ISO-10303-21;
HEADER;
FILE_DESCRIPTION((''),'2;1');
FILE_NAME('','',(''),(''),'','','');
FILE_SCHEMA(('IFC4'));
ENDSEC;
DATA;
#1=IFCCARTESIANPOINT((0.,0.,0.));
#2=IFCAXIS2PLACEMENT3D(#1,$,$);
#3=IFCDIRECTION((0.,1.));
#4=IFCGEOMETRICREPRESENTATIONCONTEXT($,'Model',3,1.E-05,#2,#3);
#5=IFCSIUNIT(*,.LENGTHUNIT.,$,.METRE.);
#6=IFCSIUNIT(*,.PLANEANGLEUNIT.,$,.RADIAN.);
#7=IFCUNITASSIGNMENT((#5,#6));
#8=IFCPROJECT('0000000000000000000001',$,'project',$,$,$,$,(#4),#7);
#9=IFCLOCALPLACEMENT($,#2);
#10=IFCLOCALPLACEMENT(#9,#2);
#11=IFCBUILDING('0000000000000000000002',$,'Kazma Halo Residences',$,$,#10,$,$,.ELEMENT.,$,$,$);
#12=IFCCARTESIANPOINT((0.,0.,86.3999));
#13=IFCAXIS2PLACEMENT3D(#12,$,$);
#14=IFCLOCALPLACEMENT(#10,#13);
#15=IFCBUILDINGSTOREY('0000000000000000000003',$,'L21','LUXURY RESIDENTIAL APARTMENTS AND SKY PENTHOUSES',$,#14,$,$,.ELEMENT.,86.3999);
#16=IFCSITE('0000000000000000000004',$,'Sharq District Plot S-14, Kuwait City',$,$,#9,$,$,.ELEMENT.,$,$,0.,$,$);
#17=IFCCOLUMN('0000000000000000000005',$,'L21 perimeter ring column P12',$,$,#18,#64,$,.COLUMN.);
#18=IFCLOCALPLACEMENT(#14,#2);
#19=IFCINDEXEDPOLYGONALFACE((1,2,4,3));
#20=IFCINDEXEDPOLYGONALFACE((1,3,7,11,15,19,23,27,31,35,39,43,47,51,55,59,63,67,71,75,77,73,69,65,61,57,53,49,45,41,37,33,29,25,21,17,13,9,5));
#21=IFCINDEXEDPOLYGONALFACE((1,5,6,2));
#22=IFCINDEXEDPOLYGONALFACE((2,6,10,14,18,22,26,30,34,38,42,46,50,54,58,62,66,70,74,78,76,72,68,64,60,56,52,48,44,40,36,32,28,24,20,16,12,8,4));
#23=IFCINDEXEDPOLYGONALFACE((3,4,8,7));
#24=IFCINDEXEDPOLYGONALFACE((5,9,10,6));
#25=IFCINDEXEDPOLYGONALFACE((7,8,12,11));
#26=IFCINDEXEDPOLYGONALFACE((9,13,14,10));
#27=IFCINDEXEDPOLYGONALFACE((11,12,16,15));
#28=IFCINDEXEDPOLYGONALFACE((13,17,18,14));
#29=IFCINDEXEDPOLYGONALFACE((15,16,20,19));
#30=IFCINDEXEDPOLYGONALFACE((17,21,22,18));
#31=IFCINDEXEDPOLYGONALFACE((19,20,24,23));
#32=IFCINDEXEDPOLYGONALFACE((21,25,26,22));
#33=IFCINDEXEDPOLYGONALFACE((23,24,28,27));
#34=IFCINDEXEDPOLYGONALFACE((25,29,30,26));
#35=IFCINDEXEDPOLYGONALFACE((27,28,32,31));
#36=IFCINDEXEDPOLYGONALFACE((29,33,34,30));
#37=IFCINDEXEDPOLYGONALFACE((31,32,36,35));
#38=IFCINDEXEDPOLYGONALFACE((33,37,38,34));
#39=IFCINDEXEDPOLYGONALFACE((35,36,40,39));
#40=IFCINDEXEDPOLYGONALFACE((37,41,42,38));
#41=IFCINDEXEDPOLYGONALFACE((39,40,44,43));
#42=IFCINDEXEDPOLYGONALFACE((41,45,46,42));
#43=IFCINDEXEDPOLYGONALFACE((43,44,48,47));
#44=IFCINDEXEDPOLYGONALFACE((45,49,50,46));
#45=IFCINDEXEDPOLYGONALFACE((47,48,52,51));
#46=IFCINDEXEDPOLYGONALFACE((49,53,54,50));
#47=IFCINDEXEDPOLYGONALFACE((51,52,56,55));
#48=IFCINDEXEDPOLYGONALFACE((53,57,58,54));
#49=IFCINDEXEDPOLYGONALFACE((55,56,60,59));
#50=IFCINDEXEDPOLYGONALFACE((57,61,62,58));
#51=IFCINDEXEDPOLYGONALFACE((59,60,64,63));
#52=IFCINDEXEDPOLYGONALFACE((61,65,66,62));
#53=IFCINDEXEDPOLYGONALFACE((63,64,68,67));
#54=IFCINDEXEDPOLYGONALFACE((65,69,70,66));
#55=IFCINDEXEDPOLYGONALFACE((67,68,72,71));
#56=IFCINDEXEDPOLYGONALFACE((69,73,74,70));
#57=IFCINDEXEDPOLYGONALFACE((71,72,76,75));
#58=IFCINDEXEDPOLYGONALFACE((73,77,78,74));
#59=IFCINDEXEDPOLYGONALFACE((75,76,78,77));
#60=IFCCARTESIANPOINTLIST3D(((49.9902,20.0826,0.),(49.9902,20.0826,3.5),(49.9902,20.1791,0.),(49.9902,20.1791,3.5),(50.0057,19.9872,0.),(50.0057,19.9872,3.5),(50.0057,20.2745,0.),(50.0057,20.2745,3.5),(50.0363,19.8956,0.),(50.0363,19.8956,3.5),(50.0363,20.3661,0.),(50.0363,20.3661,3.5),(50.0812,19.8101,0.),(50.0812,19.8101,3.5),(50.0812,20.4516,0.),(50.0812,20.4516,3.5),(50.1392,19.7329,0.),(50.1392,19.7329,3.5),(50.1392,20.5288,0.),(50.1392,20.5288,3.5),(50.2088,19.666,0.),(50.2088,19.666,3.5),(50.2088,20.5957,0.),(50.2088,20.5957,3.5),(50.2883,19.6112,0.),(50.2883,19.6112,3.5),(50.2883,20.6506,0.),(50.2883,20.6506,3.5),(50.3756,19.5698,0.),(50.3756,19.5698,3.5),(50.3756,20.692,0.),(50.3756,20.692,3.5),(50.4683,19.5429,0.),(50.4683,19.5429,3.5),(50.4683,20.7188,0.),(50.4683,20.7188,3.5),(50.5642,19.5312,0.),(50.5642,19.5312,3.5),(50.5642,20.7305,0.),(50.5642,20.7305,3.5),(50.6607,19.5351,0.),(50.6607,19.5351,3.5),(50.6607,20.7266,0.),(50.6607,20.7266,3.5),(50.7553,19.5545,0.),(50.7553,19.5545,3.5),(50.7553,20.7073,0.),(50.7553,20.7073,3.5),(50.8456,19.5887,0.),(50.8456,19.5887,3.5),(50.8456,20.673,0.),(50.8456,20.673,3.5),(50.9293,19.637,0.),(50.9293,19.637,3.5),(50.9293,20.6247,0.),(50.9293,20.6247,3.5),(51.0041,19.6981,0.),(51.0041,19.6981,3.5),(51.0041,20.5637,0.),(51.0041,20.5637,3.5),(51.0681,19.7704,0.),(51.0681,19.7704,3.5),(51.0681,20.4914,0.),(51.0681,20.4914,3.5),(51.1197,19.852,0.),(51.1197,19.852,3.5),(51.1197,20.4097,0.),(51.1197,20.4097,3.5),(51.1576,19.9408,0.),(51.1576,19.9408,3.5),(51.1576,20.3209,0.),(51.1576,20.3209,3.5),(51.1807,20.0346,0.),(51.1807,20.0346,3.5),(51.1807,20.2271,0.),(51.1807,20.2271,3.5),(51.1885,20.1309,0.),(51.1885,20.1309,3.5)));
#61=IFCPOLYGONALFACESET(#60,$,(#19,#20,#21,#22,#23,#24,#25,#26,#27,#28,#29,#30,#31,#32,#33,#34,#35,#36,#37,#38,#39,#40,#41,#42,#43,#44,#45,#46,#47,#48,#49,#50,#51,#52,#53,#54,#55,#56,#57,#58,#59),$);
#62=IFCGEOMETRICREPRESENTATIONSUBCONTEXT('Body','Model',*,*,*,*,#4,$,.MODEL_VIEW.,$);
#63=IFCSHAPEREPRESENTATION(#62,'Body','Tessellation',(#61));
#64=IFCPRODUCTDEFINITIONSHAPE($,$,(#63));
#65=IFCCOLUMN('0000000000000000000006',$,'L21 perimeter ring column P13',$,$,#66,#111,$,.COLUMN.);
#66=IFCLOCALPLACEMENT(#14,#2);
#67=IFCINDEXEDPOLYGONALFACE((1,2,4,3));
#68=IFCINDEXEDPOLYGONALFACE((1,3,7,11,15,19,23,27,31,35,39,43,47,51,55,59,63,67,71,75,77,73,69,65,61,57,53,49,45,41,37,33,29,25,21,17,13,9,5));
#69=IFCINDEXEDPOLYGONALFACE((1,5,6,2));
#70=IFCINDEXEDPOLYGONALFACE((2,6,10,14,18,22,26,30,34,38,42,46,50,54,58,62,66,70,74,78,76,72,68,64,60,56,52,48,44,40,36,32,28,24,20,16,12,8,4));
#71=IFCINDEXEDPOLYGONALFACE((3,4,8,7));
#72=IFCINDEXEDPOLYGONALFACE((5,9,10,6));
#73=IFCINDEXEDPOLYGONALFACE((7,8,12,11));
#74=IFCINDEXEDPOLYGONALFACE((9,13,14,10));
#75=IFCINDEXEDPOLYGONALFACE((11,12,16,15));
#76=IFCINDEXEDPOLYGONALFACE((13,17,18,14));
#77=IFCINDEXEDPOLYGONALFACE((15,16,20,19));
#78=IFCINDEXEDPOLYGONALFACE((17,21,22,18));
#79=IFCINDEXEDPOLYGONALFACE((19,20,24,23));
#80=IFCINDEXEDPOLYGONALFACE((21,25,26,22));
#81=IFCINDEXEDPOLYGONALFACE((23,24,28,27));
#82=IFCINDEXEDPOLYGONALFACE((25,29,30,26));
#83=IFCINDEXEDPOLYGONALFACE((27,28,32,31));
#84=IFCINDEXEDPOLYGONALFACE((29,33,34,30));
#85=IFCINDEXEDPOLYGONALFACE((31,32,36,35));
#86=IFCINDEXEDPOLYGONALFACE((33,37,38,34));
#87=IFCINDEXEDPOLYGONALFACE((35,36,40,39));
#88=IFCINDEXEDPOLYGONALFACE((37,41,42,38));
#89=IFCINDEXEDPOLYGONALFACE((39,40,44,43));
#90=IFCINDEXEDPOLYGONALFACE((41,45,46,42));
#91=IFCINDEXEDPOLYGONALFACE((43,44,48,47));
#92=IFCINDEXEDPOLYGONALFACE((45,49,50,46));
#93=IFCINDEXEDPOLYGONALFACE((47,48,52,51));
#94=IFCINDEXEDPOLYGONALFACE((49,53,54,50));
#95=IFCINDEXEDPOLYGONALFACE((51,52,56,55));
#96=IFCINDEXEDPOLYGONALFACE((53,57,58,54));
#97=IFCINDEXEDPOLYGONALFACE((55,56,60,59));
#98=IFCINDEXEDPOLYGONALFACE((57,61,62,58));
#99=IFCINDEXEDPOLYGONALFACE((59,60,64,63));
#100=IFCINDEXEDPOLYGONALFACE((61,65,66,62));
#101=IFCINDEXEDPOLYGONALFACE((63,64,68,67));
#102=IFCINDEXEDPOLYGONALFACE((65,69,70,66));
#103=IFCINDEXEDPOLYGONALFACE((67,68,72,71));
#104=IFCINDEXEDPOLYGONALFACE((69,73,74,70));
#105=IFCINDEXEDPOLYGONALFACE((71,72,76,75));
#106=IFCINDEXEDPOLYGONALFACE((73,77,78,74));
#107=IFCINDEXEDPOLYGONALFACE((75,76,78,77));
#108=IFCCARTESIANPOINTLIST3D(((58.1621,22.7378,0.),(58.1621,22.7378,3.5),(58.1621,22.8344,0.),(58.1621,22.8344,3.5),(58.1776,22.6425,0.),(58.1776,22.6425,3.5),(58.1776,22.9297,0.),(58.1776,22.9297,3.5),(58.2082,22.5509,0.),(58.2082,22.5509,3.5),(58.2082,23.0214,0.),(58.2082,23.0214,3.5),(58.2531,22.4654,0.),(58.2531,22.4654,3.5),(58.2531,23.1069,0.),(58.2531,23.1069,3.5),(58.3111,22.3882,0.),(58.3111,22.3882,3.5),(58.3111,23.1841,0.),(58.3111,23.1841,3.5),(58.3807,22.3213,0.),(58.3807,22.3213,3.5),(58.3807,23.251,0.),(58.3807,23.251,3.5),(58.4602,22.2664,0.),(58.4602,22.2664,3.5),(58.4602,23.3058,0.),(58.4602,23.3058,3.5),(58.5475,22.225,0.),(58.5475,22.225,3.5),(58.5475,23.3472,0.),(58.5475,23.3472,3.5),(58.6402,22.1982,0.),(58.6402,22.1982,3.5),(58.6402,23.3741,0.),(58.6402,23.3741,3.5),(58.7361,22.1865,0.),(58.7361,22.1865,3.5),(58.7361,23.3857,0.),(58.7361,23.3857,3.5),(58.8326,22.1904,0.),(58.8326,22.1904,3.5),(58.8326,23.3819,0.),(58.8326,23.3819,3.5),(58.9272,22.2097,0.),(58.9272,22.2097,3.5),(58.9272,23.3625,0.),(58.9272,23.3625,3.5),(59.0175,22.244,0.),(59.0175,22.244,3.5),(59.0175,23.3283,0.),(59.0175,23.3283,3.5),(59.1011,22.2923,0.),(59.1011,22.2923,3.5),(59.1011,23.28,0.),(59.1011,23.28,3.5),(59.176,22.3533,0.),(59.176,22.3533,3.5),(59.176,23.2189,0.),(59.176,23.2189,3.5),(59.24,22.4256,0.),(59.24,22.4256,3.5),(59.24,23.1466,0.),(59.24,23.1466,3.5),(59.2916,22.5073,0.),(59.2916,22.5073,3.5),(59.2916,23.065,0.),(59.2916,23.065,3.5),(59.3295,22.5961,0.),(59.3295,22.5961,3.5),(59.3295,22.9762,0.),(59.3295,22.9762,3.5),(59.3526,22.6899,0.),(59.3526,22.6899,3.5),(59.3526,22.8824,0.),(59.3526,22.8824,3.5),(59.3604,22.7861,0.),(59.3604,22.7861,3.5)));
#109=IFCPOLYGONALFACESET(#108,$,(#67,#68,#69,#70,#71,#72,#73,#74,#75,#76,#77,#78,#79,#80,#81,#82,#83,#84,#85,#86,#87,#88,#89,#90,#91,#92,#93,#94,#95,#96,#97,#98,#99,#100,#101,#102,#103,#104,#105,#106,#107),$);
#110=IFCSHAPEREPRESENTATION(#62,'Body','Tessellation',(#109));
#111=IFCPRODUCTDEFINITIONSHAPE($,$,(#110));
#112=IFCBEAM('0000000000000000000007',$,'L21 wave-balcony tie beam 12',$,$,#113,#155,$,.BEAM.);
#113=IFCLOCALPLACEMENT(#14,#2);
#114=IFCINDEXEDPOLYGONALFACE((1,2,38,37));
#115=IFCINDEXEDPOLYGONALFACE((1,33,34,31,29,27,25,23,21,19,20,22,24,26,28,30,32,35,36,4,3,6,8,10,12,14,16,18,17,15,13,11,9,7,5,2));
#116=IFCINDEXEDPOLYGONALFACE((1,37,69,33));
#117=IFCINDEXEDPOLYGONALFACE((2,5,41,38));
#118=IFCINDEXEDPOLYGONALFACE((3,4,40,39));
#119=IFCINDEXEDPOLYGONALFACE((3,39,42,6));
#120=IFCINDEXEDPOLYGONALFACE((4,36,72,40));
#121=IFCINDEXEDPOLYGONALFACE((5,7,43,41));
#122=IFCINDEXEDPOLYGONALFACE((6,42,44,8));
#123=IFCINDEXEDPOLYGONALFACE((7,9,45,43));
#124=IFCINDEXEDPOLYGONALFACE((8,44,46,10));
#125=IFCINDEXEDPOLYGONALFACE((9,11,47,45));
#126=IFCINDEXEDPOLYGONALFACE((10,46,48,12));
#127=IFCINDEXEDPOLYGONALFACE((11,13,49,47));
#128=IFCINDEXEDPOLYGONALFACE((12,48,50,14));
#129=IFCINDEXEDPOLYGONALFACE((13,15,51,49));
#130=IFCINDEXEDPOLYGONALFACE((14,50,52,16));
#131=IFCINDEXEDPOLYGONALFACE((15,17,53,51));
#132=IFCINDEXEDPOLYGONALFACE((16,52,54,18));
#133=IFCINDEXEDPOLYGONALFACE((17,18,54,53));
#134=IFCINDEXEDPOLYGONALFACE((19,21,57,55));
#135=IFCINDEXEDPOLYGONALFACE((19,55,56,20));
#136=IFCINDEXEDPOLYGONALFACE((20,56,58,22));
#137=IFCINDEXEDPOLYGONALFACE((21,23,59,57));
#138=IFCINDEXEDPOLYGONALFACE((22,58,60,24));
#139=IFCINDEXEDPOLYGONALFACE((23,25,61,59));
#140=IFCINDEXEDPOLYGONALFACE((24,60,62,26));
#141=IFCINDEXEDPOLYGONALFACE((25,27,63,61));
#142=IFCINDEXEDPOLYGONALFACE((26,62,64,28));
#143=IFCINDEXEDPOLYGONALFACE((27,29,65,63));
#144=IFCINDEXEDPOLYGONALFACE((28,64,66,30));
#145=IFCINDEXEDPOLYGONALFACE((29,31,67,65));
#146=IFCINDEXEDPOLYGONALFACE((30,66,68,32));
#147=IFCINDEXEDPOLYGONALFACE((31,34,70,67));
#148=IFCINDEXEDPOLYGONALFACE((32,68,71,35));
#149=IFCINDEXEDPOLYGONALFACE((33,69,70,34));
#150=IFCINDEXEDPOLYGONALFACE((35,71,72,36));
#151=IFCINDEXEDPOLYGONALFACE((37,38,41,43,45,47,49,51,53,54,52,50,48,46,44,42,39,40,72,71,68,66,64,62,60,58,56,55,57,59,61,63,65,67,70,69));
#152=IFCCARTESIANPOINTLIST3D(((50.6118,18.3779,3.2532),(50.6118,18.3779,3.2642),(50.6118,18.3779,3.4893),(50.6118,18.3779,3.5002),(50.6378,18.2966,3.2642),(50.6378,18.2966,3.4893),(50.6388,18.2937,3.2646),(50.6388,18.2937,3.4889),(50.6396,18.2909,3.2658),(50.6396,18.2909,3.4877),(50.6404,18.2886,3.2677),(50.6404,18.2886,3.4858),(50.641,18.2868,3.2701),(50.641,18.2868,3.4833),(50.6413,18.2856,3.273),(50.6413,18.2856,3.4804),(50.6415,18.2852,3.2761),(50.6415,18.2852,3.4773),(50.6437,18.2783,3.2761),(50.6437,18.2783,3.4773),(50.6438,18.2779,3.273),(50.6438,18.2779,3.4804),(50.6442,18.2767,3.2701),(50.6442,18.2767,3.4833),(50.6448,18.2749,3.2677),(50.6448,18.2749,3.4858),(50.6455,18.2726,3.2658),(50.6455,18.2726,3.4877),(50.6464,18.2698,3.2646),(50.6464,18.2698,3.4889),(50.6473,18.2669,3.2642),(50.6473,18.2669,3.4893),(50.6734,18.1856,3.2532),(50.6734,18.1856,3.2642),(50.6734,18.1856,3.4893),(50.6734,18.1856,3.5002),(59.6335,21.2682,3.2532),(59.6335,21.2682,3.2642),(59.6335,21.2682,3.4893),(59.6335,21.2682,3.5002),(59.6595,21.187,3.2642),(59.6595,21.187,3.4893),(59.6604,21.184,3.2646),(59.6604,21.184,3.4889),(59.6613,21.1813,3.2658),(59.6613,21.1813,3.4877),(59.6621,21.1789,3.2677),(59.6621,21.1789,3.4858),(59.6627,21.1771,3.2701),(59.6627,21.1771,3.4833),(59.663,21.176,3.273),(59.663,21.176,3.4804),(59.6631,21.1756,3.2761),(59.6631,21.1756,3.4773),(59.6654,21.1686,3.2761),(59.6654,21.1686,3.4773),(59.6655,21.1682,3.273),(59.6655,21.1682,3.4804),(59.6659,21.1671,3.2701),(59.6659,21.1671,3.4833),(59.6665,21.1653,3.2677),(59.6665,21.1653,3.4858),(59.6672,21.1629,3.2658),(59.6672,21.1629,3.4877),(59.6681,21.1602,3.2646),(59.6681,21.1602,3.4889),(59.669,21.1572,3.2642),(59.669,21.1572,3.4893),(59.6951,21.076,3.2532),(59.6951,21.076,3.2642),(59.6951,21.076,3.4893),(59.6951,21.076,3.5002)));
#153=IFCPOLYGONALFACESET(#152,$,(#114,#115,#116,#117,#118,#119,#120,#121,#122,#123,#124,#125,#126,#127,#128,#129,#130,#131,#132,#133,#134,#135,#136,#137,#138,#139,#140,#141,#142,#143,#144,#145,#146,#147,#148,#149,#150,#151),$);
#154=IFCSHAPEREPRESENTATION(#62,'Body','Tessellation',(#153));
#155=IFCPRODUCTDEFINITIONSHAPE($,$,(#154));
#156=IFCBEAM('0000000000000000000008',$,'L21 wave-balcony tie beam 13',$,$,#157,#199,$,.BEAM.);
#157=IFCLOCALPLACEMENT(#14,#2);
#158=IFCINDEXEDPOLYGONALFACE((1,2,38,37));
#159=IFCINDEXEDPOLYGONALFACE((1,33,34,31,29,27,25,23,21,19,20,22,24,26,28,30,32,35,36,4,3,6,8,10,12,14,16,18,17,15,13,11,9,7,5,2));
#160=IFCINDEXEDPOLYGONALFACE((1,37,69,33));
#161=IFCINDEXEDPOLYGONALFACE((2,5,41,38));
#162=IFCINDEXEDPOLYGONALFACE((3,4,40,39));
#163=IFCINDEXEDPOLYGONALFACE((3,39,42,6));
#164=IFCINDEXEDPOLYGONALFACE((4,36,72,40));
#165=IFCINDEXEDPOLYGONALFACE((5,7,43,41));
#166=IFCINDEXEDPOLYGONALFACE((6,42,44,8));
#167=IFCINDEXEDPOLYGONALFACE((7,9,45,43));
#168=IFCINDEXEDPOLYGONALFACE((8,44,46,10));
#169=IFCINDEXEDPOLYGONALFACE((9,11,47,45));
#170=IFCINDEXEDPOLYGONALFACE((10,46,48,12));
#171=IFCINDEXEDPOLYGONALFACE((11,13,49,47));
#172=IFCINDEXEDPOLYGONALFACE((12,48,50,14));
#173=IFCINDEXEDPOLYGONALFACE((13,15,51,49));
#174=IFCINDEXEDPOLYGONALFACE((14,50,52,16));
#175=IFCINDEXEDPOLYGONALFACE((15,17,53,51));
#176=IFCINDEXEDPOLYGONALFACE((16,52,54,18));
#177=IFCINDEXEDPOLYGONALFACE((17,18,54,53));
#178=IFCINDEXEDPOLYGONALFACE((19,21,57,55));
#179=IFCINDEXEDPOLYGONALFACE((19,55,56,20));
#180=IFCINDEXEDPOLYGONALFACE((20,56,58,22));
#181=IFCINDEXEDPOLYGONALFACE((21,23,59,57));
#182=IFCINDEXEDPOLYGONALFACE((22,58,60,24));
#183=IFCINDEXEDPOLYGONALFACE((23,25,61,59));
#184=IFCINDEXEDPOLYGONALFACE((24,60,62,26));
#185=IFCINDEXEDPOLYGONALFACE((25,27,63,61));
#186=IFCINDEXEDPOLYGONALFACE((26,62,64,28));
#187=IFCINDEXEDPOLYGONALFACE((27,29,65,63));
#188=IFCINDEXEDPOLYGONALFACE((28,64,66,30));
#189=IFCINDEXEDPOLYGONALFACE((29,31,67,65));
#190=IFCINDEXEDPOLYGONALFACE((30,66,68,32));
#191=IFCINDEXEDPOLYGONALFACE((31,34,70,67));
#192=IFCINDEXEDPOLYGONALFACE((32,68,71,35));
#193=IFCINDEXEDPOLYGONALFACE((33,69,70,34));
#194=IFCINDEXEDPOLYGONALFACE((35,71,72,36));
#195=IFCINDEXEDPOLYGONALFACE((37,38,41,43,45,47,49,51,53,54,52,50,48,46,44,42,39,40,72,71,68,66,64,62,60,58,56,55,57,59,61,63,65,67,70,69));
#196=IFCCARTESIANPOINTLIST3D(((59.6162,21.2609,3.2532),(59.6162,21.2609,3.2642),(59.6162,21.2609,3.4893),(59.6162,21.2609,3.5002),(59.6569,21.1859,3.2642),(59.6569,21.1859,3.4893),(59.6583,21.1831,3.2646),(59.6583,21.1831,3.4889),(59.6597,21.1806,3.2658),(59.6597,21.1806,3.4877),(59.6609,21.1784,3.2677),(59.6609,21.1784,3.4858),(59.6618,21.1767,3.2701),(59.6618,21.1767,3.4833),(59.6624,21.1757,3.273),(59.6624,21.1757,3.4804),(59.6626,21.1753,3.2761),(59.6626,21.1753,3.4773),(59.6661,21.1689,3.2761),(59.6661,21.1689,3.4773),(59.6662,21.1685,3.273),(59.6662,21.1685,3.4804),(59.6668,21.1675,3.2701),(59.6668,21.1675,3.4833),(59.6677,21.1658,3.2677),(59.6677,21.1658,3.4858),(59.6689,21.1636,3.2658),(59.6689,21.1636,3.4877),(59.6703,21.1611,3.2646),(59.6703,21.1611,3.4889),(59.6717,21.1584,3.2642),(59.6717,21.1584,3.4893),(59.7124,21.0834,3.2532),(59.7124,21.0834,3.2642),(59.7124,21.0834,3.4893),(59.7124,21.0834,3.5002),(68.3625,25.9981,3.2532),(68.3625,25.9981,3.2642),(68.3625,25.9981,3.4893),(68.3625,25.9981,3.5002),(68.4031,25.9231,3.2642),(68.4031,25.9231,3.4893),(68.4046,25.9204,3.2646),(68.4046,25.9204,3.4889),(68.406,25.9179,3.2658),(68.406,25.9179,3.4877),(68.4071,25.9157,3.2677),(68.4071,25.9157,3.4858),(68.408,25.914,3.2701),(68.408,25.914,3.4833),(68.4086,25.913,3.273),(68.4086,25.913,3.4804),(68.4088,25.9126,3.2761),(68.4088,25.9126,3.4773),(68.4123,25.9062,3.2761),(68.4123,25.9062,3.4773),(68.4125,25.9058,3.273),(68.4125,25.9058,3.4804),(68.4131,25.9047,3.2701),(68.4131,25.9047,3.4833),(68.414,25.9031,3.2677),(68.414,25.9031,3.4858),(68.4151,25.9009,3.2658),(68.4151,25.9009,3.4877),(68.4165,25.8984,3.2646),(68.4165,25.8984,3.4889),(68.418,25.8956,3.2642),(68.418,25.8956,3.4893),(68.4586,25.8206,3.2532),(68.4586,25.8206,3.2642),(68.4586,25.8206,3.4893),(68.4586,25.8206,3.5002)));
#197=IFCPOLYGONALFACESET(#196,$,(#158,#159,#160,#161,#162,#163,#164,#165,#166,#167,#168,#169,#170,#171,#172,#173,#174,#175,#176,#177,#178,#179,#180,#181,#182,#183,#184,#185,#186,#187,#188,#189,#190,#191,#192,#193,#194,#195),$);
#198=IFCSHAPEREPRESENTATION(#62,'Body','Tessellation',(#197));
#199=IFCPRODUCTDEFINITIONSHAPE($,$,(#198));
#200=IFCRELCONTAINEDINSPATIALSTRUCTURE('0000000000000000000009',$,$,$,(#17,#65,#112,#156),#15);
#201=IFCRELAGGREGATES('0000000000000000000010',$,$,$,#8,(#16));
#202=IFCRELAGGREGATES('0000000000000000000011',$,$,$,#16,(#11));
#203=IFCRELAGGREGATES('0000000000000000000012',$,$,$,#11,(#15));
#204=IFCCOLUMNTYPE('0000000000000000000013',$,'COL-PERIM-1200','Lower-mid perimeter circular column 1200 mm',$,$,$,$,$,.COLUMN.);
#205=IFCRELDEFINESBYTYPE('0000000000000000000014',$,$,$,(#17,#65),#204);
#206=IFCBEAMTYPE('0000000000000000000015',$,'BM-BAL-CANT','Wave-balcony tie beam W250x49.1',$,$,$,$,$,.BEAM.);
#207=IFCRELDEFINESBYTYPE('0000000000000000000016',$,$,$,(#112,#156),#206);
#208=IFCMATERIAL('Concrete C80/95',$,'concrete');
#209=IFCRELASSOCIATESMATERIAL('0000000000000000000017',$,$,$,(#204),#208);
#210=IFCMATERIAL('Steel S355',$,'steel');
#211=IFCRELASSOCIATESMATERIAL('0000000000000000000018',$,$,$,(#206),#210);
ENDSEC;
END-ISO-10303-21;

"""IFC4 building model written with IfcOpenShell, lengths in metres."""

from ifc_helpers import new_model, si_unit, direction, frame, origin, origin_2d, place, context, subcontext, project, spatial, circle, i_section, extrude, material, material_profile, profile_set, type_object, element, save


model = new_model("IFC4")

# Units and contexts
model_context = context("Model", 3, precision=1e-05, world=origin(), true_north=direction((0.0, 1.0)))
body_context = subcontext(model_context, "Body", "Model", "MODEL_VIEW")
ifc_project = project(units=[si_unit("LENGTHUNIT", "METRE"), si_unit("PLANEANGLEUNIT", "RADIAN")], contexts=[model_context])

# Site, building, storey
site_placement = place(None, origin())
site = spatial("IfcSite", under=ifc_project, at=site_placement, Name="Sharq District Plot S-14, Kuwait City", CompositionType="ELEMENT", RefElevation=0.0)
building_placement = place(site_placement, origin())
building = spatial("IfcBuilding", under=site, at=building_placement, Name="Kazma Halo Residences", CompositionType="ELEMENT")
storey_placement = place(building_placement, frame((0.0, 0.0, 86.3999)))
storey = spatial("IfcBuildingStorey", under=building, at=storey_placement, Name="L21", Description="LUXURY RESIDENTIAL APARTMENTS AND SKY PENTHOUSES", CompositionType="ELEMENT", Elevation=86.3999)

# Columns
ifc_material_1 = material(Name="Concrete C80/95", Category="concrete")
ifc_material_profile_1 = material_profile(ifc_material_1, circle(Radius=0.6001, at=origin_2d()), Name="CIRC1200")
ifc_profile_set_1 = profile_set([ifc_material_profile_1], Name="Concrete C80/95")
column_type = type_object("IfcColumnType", Name="COL-PERIM-1200", Description="Lower-mid perimeter circular column 1200 mm", PredefinedType="COLUMN", material=ifc_profile_set_1)
for number, where, z_axis, x_axis, name in (
    (1, (50.5884, 20.1309, 0.0), (0.0, 0.0, 1.0), (1.0, 0.0, 0.0), "L21 perimeter ring column P12"),
    (2, (58.7603, 22.7861, 0.0), (0.0, 0.0, 1.0), (1.0, 0.0, 0.0), "L21 perimeter ring column P13"),
):
    element("IfcColumn", number, at=place(storey_placement, frame(where, z_axis=z_axis, x_axis=x_axis)), inside=storey, type_object=column_type, Name=name, PredefinedType="COLUMN", context=body_context, shape_type="SweptSolid", body=[
        extrude(circle(Radius=0.6001, at=origin_2d()), origin(), (0.0, 0.0, 1.0), 3.5),
    ])

# Beams
ifc_material_2 = material(Name="Steel S355", Category="steel")
ifc_material_profile_2 = material_profile(ifc_material_2, i_section(OverallWidth=0.2019, OverallDepth=0.2471, WebThickness=0.0073, FlangeThickness=0.011, FilletRadius=0.012, at=origin_2d()), Name="W250x49.1")
ifc_profile_set_2 = profile_set([ifc_material_profile_2], Name="Steel S355")
beam_type_1 = type_object("IfcBeamType", Name="BM-BAL-CANT", Description="Wave-balcony tie beam W250x49.1", PredefinedType="BEAM", material=ifc_profile_set_2)
beam_1_placement = place(storey_placement, frame((50.6426, 18.2817, 3.3767), z_axis=(0.952319, 0.305104, 0.0), x_axis=(-0.305104, 0.952319, 0.0)))
element("IfcBeam", 3, at=beam_1_placement, inside=storey, type_object=beam_type_1, Name="L21 wave-balcony tie beam 12", PredefinedType="BEAM", context=body_context, shape_type="SweptSolid", body=[
    extrude(i_section(OverallWidth=0.2019, OverallDepth=0.2471, WebThickness=0.0073, FlangeThickness=0.011, FilletRadius=0.012, at=origin_2d()), origin(), (0.0, 0.0, 1.0), 9.4734),
])
beam_2_placement = place(storey_placement, frame((59.6643, 21.1721, 3.3767), z_axis=(0.879304, 0.47626, 0.0), x_axis=(-0.47626, 0.879304, 0.0)))
element("IfcBeam", 4, at=beam_2_placement, inside=storey, type_object=beam_type_1, Name="L21 wave-balcony tie beam 13", PredefinedType="BEAM", context=body_context, shape_type="SweptSolid", body=[
    extrude(i_section(OverallWidth=0.2019, OverallDepth=0.2471, WebThickness=0.0073, FlangeThickness=0.011, FilletRadius=0.012, at=origin_2d()), origin(), (0.0, 0.0, 1.0), 9.9468),
])

save(model, "model.ifc")
